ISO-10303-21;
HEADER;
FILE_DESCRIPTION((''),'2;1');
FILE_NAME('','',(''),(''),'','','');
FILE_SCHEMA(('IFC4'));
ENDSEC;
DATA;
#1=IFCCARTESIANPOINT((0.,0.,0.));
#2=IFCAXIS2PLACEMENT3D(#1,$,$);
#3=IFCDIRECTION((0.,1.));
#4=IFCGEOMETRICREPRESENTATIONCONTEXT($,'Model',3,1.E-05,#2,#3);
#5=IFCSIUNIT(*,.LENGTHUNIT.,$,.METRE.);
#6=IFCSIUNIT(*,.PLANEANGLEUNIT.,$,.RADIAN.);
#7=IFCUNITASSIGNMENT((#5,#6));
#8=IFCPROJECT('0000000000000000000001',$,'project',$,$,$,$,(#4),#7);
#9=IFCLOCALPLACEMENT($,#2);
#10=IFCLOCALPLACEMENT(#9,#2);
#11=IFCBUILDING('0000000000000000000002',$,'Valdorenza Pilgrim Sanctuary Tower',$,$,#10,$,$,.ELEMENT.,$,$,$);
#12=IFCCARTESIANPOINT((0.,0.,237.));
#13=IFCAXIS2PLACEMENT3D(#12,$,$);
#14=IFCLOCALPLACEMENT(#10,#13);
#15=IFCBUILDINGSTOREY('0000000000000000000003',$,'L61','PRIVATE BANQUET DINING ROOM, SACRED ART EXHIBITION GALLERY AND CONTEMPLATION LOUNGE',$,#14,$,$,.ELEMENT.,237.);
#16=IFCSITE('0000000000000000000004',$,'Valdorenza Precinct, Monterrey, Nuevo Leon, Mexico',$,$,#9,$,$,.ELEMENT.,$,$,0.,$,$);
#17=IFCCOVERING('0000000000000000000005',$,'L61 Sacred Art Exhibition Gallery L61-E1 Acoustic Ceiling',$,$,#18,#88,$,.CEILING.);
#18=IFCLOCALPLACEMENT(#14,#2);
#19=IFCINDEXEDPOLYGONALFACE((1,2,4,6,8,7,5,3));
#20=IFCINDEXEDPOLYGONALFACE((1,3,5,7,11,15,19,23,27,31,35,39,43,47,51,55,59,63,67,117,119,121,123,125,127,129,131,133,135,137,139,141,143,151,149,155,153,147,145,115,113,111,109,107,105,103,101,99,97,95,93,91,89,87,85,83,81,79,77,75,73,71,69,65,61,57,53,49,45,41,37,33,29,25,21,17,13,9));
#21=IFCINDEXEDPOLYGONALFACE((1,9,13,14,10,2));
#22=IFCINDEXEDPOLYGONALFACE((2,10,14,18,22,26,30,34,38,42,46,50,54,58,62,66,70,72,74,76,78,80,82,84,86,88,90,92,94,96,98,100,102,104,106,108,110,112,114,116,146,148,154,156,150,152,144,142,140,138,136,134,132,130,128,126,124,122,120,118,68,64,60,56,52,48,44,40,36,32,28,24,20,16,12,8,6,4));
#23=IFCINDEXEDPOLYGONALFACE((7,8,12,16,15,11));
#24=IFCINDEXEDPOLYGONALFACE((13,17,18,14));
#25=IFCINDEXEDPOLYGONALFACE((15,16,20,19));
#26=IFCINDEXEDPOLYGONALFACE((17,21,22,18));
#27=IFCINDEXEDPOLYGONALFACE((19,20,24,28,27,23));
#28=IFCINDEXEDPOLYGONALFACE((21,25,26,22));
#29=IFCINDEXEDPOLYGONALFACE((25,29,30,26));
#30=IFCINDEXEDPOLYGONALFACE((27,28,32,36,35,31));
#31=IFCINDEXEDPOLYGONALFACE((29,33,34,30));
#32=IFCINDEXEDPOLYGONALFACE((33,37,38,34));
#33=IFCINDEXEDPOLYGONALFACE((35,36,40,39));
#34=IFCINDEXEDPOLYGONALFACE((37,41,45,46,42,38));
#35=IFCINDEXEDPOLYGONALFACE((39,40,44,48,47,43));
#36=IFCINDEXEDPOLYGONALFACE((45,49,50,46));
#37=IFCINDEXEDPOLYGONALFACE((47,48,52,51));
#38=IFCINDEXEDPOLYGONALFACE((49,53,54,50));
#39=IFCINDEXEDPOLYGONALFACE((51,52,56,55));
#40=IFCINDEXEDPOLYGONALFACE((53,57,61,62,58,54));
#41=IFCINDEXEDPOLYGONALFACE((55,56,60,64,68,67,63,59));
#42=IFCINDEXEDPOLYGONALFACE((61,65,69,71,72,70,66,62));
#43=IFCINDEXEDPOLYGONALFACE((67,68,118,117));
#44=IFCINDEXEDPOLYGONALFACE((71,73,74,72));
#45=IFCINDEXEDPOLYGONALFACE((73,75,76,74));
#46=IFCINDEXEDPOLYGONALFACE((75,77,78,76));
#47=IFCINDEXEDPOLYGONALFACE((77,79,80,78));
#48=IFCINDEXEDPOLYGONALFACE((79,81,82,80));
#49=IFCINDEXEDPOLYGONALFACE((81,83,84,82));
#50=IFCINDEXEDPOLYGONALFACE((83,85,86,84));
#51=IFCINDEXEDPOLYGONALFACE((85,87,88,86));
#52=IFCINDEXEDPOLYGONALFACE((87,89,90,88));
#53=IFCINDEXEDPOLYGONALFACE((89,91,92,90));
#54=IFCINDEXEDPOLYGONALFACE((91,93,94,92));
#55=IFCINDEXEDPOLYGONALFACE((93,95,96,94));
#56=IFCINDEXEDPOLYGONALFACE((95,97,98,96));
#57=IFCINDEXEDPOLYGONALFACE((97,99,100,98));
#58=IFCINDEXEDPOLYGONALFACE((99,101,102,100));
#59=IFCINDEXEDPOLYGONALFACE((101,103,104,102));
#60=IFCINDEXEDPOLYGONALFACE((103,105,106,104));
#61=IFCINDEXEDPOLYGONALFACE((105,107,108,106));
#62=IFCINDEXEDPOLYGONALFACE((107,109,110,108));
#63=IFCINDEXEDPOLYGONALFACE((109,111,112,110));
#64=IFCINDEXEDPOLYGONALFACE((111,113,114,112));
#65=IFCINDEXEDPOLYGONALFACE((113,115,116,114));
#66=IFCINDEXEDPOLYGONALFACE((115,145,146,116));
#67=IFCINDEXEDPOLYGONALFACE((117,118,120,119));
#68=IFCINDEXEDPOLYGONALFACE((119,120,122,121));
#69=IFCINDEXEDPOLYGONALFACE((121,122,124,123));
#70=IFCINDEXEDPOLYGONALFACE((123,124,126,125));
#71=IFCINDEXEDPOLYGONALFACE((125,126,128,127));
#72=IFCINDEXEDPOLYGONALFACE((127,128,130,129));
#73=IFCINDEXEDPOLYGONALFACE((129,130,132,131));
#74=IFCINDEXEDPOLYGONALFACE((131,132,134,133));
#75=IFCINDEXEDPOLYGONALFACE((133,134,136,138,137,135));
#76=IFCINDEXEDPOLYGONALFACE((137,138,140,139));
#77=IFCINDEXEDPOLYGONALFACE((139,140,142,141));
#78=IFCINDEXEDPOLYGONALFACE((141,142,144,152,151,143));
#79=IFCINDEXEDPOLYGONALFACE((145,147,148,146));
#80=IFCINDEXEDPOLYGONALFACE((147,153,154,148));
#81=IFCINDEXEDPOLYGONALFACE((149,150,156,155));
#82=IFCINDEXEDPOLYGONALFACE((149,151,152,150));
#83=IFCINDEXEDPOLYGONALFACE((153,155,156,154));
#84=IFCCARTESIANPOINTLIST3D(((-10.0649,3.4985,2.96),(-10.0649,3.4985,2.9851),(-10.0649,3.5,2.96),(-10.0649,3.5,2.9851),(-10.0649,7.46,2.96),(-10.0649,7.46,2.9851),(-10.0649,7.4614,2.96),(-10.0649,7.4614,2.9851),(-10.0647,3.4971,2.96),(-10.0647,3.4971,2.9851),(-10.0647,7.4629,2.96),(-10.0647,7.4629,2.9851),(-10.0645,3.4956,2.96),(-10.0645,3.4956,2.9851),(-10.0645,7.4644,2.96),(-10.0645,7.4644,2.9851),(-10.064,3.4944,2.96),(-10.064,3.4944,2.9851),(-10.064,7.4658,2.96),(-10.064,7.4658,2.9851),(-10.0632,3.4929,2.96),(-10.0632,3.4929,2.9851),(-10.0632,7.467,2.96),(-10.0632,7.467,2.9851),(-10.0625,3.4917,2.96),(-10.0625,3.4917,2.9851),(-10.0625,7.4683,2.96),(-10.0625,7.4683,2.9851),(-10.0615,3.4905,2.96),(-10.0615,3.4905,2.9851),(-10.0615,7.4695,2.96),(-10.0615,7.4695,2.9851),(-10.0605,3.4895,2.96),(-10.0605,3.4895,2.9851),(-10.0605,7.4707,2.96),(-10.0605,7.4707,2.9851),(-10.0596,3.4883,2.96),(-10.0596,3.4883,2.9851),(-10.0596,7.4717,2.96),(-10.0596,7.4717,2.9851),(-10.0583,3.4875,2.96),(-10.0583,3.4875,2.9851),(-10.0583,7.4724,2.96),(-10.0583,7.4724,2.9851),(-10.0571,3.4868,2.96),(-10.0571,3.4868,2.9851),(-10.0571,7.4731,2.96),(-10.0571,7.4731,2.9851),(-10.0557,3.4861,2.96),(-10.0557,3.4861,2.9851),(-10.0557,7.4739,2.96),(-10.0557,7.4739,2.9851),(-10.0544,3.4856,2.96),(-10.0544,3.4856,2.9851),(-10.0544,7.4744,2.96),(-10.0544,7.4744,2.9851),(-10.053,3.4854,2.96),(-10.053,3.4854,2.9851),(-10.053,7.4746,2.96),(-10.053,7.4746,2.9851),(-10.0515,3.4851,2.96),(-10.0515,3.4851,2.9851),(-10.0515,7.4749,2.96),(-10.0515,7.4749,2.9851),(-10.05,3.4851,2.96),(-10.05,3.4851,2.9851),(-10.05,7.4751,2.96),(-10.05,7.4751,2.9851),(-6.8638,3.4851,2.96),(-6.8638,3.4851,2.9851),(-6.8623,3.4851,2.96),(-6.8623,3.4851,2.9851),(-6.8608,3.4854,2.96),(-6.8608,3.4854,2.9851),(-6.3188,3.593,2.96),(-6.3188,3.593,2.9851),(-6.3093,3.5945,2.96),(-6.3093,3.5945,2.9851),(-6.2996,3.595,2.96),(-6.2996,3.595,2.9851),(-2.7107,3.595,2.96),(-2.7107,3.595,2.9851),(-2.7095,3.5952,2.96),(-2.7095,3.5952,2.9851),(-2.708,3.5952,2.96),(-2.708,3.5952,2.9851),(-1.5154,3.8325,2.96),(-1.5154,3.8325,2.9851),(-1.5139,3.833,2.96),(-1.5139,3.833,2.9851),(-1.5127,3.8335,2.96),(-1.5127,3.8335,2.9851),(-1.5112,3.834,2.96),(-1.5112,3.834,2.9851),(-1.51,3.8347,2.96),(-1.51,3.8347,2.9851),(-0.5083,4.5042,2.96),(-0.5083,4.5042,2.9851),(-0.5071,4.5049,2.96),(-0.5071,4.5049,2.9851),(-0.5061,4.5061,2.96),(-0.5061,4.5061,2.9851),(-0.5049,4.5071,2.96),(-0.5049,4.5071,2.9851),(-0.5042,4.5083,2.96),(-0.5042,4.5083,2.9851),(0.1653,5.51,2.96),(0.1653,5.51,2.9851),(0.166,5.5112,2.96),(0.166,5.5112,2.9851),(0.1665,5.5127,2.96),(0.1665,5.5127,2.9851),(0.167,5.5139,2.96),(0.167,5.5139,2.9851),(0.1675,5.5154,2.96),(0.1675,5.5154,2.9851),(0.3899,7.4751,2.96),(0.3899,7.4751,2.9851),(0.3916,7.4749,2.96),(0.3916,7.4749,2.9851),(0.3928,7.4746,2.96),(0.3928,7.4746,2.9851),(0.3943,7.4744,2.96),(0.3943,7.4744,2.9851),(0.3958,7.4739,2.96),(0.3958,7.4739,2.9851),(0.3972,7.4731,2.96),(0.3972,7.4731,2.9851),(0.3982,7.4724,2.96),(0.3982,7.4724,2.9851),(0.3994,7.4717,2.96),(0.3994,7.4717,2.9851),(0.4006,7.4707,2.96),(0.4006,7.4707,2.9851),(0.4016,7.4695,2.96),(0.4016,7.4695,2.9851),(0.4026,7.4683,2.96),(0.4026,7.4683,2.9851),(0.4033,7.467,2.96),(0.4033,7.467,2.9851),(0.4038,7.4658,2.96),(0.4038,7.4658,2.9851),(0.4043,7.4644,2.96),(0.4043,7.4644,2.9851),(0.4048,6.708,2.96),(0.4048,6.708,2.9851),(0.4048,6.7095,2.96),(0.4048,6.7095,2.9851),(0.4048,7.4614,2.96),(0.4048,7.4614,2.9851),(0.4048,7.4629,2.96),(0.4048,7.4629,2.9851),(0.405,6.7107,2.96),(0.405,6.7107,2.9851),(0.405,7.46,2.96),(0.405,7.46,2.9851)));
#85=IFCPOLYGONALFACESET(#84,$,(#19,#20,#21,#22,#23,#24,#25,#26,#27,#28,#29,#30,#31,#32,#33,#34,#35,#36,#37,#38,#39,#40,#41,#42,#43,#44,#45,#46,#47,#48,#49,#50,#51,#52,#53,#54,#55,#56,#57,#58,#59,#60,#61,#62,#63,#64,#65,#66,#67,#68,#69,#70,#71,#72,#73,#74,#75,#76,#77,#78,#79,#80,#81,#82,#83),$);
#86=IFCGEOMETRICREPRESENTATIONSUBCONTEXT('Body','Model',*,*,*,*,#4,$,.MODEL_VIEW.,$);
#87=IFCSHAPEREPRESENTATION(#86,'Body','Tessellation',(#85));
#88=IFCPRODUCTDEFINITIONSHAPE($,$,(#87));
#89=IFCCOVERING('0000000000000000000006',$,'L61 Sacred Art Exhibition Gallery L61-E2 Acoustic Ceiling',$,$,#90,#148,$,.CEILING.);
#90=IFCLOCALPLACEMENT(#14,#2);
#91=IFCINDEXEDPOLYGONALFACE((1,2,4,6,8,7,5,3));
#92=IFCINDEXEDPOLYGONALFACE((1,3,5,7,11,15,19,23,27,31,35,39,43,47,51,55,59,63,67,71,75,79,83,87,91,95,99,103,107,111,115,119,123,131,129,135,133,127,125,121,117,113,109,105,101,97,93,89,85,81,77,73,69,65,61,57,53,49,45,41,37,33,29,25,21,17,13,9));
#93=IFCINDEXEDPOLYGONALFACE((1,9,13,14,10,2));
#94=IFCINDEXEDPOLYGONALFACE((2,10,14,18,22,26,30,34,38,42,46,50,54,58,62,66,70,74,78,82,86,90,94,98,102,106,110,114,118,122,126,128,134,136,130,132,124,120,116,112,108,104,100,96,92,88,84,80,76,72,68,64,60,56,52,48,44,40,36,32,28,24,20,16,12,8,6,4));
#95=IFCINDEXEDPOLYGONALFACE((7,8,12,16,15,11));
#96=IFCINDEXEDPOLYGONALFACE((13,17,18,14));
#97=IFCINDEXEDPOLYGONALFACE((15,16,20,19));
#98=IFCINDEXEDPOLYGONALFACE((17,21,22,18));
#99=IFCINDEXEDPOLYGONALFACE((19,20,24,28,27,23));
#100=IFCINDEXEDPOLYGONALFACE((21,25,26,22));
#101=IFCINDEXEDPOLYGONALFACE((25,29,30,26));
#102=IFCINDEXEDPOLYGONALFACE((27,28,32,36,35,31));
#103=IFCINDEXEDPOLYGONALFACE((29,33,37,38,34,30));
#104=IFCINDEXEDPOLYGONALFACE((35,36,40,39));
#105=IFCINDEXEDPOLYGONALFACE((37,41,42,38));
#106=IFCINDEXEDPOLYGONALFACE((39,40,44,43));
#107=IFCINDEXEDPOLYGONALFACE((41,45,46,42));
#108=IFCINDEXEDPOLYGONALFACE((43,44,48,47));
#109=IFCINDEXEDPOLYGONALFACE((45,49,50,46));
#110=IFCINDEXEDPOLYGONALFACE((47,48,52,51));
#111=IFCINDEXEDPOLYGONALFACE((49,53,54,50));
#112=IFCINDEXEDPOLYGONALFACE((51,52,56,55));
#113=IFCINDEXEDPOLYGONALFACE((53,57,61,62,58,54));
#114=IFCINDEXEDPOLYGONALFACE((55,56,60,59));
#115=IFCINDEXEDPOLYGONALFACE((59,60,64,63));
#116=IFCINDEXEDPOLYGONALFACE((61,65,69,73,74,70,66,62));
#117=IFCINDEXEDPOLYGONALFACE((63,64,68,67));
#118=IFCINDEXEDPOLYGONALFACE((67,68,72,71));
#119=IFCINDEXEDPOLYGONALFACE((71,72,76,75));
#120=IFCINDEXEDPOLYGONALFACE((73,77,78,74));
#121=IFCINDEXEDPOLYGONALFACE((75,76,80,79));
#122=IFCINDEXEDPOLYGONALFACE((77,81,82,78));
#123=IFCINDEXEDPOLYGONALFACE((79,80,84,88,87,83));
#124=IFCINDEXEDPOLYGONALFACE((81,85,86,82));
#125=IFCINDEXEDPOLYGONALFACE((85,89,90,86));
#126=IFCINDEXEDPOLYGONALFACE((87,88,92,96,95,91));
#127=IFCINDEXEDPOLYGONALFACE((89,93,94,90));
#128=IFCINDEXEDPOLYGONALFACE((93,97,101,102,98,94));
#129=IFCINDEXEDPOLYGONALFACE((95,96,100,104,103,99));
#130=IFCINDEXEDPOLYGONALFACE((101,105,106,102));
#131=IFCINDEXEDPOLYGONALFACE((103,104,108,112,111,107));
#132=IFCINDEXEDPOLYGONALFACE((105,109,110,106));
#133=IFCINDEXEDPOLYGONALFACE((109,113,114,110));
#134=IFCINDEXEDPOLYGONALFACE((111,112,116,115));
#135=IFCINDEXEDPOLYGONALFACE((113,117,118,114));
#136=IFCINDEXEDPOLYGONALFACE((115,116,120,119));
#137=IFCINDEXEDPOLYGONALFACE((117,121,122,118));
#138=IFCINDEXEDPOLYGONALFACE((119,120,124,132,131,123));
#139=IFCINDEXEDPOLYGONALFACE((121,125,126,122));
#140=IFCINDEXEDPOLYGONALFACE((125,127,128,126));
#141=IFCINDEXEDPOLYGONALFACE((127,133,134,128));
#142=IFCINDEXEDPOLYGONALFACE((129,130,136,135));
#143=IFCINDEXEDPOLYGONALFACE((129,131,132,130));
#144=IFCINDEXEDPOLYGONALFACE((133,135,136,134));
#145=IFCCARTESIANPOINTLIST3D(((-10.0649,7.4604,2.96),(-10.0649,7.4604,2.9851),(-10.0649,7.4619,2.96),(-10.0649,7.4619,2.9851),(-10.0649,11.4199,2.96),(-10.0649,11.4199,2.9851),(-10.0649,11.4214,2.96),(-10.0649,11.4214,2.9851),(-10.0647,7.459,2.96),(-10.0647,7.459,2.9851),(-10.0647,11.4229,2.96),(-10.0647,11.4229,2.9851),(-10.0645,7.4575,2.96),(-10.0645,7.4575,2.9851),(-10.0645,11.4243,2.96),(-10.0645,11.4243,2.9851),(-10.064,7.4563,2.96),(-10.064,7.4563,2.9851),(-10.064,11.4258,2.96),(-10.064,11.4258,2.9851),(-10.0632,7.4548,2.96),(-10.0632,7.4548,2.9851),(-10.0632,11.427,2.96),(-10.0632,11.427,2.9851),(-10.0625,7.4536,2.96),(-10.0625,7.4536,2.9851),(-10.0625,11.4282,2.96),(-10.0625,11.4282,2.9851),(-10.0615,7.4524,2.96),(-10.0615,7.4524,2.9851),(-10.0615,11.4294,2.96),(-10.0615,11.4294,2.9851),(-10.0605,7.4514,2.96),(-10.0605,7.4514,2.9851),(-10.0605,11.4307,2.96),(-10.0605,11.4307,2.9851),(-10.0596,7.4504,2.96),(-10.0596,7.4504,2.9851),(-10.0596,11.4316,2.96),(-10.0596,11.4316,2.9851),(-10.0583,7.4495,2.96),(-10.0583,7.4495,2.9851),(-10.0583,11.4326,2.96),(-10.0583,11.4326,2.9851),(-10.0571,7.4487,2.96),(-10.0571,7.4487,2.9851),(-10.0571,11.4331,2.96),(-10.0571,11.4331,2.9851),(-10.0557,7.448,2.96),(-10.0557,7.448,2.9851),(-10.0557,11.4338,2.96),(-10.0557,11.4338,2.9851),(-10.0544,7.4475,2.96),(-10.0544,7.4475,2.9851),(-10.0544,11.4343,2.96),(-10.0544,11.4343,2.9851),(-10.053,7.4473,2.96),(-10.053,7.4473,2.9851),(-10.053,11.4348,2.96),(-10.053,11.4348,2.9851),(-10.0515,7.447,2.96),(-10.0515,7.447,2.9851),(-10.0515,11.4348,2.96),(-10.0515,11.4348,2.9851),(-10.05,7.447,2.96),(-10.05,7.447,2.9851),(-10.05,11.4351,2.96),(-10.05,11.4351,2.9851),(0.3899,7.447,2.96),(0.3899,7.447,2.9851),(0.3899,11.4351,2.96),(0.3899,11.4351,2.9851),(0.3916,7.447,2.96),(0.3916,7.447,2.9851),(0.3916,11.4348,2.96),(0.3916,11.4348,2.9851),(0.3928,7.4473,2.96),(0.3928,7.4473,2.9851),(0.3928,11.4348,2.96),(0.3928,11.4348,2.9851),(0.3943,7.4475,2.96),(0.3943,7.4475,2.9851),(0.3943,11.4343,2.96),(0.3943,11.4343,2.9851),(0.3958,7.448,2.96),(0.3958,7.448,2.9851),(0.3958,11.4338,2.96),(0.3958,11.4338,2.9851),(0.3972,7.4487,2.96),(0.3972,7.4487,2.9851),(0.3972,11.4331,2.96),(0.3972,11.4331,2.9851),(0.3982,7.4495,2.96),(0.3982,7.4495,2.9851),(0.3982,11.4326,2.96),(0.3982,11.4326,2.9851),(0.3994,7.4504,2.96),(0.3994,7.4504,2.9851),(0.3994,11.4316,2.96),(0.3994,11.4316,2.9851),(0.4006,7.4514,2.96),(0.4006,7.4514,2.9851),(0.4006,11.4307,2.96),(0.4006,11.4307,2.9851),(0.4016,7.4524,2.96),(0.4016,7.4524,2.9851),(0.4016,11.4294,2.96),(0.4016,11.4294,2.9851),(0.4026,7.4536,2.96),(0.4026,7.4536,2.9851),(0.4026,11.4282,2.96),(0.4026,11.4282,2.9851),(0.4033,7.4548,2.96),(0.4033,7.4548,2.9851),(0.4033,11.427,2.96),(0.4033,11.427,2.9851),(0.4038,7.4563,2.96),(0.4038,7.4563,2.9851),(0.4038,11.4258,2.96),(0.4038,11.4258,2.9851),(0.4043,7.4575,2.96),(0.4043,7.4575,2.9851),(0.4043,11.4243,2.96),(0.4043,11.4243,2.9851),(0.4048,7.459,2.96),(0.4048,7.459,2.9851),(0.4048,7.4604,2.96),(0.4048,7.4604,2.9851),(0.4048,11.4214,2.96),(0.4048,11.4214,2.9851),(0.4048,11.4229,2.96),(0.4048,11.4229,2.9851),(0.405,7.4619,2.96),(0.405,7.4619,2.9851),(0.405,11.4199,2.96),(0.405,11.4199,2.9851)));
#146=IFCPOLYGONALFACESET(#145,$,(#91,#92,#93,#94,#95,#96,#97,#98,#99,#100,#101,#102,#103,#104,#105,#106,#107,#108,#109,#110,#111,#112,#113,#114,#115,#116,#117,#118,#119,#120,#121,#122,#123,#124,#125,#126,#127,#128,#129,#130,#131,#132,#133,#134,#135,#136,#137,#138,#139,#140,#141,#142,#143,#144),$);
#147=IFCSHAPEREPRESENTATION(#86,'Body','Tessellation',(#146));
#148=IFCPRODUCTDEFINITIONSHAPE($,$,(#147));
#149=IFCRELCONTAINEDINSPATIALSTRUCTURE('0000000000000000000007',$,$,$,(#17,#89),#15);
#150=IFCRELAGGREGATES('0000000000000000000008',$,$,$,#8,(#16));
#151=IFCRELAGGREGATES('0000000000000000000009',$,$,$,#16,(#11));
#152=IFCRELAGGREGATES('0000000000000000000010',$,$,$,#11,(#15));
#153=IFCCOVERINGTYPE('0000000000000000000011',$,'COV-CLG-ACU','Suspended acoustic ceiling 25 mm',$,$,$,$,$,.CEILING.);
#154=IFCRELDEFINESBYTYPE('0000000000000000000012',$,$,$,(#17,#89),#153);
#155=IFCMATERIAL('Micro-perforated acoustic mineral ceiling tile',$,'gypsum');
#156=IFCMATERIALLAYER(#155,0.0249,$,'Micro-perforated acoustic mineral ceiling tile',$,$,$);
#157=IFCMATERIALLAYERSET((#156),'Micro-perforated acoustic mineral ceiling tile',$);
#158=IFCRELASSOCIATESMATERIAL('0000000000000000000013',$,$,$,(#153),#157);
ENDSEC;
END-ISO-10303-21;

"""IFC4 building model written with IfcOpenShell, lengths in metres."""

from ifc_helpers import new_model, si_unit, direction, frame, origin, place, context, subcontext, project, spatial, polyline, outline, extrude, material, layer, layer_set, type_object, element, save


model = new_model("IFC4")

# Units and contexts
model_context = context("Model", 3, precision=1e-05, world=origin(), true_north=direction((0.0, 1.0)))
body_context = subcontext(model_context, "Body", "Model", "MODEL_VIEW")
ifc_project = project(units=[si_unit("LENGTHUNIT", "METRE"), si_unit("PLANEANGLEUNIT", "RADIAN")], contexts=[model_context])

# Site, building, storey
site_placement = place(None, origin())
site = spatial("IfcSite", under=ifc_project, at=site_placement, Name="Valdorenza Precinct, Monterrey, Nuevo Leon, Mexico", CompositionType="ELEMENT", RefElevation=0.0)
building_placement = place(site_placement, origin())
building = spatial("IfcBuilding", under=site, at=building_placement, Name="Valdorenza Pilgrim Sanctuary Tower", CompositionType="ELEMENT")
storey_placement = place(building_placement, frame((0.0, 0.0, 237.0)))
storey = spatial("IfcBuildingStorey", under=building, at=storey_placement, Name="L61", Description="PRIVATE BANQUET DINING ROOM, SACRED ART EXHIBITION GALLERY AND CONTEMPLATION LOUNGE", CompositionType="ELEMENT", Elevation=237.0)

# Coverings
ifc_material_1 = material(Name="Micro-perforated acoustic mineral ceiling tile", Category="gypsum")
ifc_layer_1 = layer(ifc_material_1, 0.0249, Name="Micro-perforated acoustic mineral ceiling tile")
ifc_layer_set_1 = layer_set([ifc_layer_1], Name="Micro-perforated acoustic mineral ceiling tile")
covering_type_1 = type_object("IfcCoveringType", Name="COV-CLG-ACU", Description="Suspended acoustic ceiling 25 mm", PredefinedType="CEILING", material=ifc_layer_set_1)
covering_1_placement = place(storey_placement, frame((0.0, 0.0, 2.96)))
element("IfcCovering", 1, at=covering_1_placement, inside=storey, type_object=covering_type_1, Name="L61 Sacred Art Exhibition Gallery L61-E1 Acoustic Ceiling", PredefinedType="CEILING", context=body_context, shape_type="SweptSolid", body=[
    extrude(outline(polyline([(-10.0649, 7.46), (-10.0649, 7.4614), (-10.0647, 7.4629), (-10.0645, 7.4644), (-10.064, 7.4658), (-10.0632, 7.467), (-10.0625, 7.4683), (-10.0615, 7.4695), (-10.0605, 7.4707), (-10.0596, 7.4717), (-10.0583, 7.4724), (-10.0571, 7.4731), (-10.0557, 7.4739), (-10.0544, 7.4744), (-10.053, 7.4746), (-10.0515, 7.4749), (-10.05, 7.4751), (0.3899, 7.4751), (0.3916, 7.4749), (0.3928, 7.4746), (0.3943, 7.4744), (0.3958, 7.4739), (0.3972, 7.4731), (0.3982, 7.4724), (0.3994, 7.4717), (0.4006, 7.4707), (0.4016, 7.4695), (0.4026, 7.4683), (0.4033, 7.467), (0.4038, 7.4658), (0.4043, 7.4644), (0.4048, 7.4629), (0.4048, 7.4614), (0.405, 7.46), (0.405, 6.7107), (0.4048, 6.7095), (0.4048, 6.708), (0.1675, 5.5154), (0.167, 5.5139), (0.1665, 5.5127), (0.166, 5.5112), (0.1653, 5.51), (-0.5042, 4.5083), (-0.5049, 4.5071), (-0.5061, 4.5061), (-0.5071, 4.5049), (-0.5083, 4.5042), (-1.51, 3.8347), (-1.5112, 3.834), (-1.5127, 3.8335), (-1.5139, 3.833), (-1.5154, 3.8325), (-2.708, 3.5952), (-2.7095, 3.5952), (-2.7107, 3.595), (-6.2996, 3.595), (-6.3093, 3.5945), (-6.3188, 3.593), (-6.8608, 3.4854), (-6.8623, 3.4851), (-6.8638, 3.4851), (-10.05, 3.4851), (-10.0515, 3.4851), (-10.053, 3.4854), (-10.0544, 3.4856), (-10.0557, 3.4861), (-10.0571, 3.4868), (-10.0583, 3.4875), (-10.0596, 3.4883), (-10.0605, 3.4895), (-10.0615, 3.4905), (-10.0625, 3.4917), (-10.0632, 3.4929), (-10.064, 3.4944), (-10.0645, 3.4956), (-10.0647, 3.4971), (-10.0649, 3.4985), (-10.0649, 3.5), (-10.0649, 7.46)])), origin(), (0.0, 0.0, 1.0), 0.0251),
])
covering_2_placement = place(storey_placement, frame((0.0, 0.0, 2.96)))
element("IfcCovering", 2, at=covering_2_placement, inside=storey, type_object=covering_type_1, Name="L61 Sacred Art Exhibition Gallery L61-E2 Acoustic Ceiling", PredefinedType="CEILING", context=body_context, shape_type="SweptSolid", body=[
    extrude(outline(polyline([(-10.0649, 11.4199), (-10.0649, 11.4214), (-10.0647, 11.4229), (-10.0645, 11.4243), (-10.064, 11.4258), (-10.0632, 11.427), (-10.0625, 11.4282), (-10.0615, 11.4294), (-10.0605, 11.4307), (-10.0596, 11.4316), (-10.0583, 11.4326), (-10.0571, 11.4331), (-10.0557, 11.4338), (-10.0544, 11.4343), (-10.053, 11.4348), (-10.0515, 11.4348), (-10.05, 11.4351), (0.3899, 11.4351), (0.3916, 11.4348), (0.3928, 11.4348), (0.3943, 11.4343), (0.3958, 11.4338), (0.3972, 11.4331), (0.3982, 11.4326), (0.3994, 11.4316), (0.4006, 11.4307), (0.4016, 11.4294), (0.4026, 11.4282), (0.4033, 11.427), (0.4038, 11.4258), (0.4043, 11.4243), (0.4048, 11.4229), (0.4048, 11.4214), (0.405, 11.4199), (0.405, 7.4619), (0.4048, 7.4604), (0.4048, 7.459), (0.4043, 7.4575), (0.4038, 7.4563), (0.4033, 7.4548), (0.4026, 7.4536), (0.4016, 7.4524), (0.4006, 7.4514), (0.3994, 7.4504), (0.3982, 7.4495), (0.3972, 7.4487), (0.3958, 7.448), (0.3943, 7.4475), (0.3928, 7.4473), (0.3916, 7.447), (0.3899, 7.447), (-10.05, 7.447), (-10.0515, 7.447), (-10.053, 7.4473), (-10.0544, 7.4475), (-10.0557, 7.448), (-10.0571, 7.4487), (-10.0583, 7.4495), (-10.0596, 7.4504), (-10.0605, 7.4514), (-10.0615, 7.4524), (-10.0625, 7.4536), (-10.0632, 7.4548), (-10.064, 7.4563), (-10.0645, 7.4575), (-10.0647, 7.459), (-10.0649, 7.4604), (-10.0649, 7.4619), (-10.0649, 11.4199)])), origin(), (0.0, 0.0, 1.0), 0.0251),
])

save(model, "model.ifc")
